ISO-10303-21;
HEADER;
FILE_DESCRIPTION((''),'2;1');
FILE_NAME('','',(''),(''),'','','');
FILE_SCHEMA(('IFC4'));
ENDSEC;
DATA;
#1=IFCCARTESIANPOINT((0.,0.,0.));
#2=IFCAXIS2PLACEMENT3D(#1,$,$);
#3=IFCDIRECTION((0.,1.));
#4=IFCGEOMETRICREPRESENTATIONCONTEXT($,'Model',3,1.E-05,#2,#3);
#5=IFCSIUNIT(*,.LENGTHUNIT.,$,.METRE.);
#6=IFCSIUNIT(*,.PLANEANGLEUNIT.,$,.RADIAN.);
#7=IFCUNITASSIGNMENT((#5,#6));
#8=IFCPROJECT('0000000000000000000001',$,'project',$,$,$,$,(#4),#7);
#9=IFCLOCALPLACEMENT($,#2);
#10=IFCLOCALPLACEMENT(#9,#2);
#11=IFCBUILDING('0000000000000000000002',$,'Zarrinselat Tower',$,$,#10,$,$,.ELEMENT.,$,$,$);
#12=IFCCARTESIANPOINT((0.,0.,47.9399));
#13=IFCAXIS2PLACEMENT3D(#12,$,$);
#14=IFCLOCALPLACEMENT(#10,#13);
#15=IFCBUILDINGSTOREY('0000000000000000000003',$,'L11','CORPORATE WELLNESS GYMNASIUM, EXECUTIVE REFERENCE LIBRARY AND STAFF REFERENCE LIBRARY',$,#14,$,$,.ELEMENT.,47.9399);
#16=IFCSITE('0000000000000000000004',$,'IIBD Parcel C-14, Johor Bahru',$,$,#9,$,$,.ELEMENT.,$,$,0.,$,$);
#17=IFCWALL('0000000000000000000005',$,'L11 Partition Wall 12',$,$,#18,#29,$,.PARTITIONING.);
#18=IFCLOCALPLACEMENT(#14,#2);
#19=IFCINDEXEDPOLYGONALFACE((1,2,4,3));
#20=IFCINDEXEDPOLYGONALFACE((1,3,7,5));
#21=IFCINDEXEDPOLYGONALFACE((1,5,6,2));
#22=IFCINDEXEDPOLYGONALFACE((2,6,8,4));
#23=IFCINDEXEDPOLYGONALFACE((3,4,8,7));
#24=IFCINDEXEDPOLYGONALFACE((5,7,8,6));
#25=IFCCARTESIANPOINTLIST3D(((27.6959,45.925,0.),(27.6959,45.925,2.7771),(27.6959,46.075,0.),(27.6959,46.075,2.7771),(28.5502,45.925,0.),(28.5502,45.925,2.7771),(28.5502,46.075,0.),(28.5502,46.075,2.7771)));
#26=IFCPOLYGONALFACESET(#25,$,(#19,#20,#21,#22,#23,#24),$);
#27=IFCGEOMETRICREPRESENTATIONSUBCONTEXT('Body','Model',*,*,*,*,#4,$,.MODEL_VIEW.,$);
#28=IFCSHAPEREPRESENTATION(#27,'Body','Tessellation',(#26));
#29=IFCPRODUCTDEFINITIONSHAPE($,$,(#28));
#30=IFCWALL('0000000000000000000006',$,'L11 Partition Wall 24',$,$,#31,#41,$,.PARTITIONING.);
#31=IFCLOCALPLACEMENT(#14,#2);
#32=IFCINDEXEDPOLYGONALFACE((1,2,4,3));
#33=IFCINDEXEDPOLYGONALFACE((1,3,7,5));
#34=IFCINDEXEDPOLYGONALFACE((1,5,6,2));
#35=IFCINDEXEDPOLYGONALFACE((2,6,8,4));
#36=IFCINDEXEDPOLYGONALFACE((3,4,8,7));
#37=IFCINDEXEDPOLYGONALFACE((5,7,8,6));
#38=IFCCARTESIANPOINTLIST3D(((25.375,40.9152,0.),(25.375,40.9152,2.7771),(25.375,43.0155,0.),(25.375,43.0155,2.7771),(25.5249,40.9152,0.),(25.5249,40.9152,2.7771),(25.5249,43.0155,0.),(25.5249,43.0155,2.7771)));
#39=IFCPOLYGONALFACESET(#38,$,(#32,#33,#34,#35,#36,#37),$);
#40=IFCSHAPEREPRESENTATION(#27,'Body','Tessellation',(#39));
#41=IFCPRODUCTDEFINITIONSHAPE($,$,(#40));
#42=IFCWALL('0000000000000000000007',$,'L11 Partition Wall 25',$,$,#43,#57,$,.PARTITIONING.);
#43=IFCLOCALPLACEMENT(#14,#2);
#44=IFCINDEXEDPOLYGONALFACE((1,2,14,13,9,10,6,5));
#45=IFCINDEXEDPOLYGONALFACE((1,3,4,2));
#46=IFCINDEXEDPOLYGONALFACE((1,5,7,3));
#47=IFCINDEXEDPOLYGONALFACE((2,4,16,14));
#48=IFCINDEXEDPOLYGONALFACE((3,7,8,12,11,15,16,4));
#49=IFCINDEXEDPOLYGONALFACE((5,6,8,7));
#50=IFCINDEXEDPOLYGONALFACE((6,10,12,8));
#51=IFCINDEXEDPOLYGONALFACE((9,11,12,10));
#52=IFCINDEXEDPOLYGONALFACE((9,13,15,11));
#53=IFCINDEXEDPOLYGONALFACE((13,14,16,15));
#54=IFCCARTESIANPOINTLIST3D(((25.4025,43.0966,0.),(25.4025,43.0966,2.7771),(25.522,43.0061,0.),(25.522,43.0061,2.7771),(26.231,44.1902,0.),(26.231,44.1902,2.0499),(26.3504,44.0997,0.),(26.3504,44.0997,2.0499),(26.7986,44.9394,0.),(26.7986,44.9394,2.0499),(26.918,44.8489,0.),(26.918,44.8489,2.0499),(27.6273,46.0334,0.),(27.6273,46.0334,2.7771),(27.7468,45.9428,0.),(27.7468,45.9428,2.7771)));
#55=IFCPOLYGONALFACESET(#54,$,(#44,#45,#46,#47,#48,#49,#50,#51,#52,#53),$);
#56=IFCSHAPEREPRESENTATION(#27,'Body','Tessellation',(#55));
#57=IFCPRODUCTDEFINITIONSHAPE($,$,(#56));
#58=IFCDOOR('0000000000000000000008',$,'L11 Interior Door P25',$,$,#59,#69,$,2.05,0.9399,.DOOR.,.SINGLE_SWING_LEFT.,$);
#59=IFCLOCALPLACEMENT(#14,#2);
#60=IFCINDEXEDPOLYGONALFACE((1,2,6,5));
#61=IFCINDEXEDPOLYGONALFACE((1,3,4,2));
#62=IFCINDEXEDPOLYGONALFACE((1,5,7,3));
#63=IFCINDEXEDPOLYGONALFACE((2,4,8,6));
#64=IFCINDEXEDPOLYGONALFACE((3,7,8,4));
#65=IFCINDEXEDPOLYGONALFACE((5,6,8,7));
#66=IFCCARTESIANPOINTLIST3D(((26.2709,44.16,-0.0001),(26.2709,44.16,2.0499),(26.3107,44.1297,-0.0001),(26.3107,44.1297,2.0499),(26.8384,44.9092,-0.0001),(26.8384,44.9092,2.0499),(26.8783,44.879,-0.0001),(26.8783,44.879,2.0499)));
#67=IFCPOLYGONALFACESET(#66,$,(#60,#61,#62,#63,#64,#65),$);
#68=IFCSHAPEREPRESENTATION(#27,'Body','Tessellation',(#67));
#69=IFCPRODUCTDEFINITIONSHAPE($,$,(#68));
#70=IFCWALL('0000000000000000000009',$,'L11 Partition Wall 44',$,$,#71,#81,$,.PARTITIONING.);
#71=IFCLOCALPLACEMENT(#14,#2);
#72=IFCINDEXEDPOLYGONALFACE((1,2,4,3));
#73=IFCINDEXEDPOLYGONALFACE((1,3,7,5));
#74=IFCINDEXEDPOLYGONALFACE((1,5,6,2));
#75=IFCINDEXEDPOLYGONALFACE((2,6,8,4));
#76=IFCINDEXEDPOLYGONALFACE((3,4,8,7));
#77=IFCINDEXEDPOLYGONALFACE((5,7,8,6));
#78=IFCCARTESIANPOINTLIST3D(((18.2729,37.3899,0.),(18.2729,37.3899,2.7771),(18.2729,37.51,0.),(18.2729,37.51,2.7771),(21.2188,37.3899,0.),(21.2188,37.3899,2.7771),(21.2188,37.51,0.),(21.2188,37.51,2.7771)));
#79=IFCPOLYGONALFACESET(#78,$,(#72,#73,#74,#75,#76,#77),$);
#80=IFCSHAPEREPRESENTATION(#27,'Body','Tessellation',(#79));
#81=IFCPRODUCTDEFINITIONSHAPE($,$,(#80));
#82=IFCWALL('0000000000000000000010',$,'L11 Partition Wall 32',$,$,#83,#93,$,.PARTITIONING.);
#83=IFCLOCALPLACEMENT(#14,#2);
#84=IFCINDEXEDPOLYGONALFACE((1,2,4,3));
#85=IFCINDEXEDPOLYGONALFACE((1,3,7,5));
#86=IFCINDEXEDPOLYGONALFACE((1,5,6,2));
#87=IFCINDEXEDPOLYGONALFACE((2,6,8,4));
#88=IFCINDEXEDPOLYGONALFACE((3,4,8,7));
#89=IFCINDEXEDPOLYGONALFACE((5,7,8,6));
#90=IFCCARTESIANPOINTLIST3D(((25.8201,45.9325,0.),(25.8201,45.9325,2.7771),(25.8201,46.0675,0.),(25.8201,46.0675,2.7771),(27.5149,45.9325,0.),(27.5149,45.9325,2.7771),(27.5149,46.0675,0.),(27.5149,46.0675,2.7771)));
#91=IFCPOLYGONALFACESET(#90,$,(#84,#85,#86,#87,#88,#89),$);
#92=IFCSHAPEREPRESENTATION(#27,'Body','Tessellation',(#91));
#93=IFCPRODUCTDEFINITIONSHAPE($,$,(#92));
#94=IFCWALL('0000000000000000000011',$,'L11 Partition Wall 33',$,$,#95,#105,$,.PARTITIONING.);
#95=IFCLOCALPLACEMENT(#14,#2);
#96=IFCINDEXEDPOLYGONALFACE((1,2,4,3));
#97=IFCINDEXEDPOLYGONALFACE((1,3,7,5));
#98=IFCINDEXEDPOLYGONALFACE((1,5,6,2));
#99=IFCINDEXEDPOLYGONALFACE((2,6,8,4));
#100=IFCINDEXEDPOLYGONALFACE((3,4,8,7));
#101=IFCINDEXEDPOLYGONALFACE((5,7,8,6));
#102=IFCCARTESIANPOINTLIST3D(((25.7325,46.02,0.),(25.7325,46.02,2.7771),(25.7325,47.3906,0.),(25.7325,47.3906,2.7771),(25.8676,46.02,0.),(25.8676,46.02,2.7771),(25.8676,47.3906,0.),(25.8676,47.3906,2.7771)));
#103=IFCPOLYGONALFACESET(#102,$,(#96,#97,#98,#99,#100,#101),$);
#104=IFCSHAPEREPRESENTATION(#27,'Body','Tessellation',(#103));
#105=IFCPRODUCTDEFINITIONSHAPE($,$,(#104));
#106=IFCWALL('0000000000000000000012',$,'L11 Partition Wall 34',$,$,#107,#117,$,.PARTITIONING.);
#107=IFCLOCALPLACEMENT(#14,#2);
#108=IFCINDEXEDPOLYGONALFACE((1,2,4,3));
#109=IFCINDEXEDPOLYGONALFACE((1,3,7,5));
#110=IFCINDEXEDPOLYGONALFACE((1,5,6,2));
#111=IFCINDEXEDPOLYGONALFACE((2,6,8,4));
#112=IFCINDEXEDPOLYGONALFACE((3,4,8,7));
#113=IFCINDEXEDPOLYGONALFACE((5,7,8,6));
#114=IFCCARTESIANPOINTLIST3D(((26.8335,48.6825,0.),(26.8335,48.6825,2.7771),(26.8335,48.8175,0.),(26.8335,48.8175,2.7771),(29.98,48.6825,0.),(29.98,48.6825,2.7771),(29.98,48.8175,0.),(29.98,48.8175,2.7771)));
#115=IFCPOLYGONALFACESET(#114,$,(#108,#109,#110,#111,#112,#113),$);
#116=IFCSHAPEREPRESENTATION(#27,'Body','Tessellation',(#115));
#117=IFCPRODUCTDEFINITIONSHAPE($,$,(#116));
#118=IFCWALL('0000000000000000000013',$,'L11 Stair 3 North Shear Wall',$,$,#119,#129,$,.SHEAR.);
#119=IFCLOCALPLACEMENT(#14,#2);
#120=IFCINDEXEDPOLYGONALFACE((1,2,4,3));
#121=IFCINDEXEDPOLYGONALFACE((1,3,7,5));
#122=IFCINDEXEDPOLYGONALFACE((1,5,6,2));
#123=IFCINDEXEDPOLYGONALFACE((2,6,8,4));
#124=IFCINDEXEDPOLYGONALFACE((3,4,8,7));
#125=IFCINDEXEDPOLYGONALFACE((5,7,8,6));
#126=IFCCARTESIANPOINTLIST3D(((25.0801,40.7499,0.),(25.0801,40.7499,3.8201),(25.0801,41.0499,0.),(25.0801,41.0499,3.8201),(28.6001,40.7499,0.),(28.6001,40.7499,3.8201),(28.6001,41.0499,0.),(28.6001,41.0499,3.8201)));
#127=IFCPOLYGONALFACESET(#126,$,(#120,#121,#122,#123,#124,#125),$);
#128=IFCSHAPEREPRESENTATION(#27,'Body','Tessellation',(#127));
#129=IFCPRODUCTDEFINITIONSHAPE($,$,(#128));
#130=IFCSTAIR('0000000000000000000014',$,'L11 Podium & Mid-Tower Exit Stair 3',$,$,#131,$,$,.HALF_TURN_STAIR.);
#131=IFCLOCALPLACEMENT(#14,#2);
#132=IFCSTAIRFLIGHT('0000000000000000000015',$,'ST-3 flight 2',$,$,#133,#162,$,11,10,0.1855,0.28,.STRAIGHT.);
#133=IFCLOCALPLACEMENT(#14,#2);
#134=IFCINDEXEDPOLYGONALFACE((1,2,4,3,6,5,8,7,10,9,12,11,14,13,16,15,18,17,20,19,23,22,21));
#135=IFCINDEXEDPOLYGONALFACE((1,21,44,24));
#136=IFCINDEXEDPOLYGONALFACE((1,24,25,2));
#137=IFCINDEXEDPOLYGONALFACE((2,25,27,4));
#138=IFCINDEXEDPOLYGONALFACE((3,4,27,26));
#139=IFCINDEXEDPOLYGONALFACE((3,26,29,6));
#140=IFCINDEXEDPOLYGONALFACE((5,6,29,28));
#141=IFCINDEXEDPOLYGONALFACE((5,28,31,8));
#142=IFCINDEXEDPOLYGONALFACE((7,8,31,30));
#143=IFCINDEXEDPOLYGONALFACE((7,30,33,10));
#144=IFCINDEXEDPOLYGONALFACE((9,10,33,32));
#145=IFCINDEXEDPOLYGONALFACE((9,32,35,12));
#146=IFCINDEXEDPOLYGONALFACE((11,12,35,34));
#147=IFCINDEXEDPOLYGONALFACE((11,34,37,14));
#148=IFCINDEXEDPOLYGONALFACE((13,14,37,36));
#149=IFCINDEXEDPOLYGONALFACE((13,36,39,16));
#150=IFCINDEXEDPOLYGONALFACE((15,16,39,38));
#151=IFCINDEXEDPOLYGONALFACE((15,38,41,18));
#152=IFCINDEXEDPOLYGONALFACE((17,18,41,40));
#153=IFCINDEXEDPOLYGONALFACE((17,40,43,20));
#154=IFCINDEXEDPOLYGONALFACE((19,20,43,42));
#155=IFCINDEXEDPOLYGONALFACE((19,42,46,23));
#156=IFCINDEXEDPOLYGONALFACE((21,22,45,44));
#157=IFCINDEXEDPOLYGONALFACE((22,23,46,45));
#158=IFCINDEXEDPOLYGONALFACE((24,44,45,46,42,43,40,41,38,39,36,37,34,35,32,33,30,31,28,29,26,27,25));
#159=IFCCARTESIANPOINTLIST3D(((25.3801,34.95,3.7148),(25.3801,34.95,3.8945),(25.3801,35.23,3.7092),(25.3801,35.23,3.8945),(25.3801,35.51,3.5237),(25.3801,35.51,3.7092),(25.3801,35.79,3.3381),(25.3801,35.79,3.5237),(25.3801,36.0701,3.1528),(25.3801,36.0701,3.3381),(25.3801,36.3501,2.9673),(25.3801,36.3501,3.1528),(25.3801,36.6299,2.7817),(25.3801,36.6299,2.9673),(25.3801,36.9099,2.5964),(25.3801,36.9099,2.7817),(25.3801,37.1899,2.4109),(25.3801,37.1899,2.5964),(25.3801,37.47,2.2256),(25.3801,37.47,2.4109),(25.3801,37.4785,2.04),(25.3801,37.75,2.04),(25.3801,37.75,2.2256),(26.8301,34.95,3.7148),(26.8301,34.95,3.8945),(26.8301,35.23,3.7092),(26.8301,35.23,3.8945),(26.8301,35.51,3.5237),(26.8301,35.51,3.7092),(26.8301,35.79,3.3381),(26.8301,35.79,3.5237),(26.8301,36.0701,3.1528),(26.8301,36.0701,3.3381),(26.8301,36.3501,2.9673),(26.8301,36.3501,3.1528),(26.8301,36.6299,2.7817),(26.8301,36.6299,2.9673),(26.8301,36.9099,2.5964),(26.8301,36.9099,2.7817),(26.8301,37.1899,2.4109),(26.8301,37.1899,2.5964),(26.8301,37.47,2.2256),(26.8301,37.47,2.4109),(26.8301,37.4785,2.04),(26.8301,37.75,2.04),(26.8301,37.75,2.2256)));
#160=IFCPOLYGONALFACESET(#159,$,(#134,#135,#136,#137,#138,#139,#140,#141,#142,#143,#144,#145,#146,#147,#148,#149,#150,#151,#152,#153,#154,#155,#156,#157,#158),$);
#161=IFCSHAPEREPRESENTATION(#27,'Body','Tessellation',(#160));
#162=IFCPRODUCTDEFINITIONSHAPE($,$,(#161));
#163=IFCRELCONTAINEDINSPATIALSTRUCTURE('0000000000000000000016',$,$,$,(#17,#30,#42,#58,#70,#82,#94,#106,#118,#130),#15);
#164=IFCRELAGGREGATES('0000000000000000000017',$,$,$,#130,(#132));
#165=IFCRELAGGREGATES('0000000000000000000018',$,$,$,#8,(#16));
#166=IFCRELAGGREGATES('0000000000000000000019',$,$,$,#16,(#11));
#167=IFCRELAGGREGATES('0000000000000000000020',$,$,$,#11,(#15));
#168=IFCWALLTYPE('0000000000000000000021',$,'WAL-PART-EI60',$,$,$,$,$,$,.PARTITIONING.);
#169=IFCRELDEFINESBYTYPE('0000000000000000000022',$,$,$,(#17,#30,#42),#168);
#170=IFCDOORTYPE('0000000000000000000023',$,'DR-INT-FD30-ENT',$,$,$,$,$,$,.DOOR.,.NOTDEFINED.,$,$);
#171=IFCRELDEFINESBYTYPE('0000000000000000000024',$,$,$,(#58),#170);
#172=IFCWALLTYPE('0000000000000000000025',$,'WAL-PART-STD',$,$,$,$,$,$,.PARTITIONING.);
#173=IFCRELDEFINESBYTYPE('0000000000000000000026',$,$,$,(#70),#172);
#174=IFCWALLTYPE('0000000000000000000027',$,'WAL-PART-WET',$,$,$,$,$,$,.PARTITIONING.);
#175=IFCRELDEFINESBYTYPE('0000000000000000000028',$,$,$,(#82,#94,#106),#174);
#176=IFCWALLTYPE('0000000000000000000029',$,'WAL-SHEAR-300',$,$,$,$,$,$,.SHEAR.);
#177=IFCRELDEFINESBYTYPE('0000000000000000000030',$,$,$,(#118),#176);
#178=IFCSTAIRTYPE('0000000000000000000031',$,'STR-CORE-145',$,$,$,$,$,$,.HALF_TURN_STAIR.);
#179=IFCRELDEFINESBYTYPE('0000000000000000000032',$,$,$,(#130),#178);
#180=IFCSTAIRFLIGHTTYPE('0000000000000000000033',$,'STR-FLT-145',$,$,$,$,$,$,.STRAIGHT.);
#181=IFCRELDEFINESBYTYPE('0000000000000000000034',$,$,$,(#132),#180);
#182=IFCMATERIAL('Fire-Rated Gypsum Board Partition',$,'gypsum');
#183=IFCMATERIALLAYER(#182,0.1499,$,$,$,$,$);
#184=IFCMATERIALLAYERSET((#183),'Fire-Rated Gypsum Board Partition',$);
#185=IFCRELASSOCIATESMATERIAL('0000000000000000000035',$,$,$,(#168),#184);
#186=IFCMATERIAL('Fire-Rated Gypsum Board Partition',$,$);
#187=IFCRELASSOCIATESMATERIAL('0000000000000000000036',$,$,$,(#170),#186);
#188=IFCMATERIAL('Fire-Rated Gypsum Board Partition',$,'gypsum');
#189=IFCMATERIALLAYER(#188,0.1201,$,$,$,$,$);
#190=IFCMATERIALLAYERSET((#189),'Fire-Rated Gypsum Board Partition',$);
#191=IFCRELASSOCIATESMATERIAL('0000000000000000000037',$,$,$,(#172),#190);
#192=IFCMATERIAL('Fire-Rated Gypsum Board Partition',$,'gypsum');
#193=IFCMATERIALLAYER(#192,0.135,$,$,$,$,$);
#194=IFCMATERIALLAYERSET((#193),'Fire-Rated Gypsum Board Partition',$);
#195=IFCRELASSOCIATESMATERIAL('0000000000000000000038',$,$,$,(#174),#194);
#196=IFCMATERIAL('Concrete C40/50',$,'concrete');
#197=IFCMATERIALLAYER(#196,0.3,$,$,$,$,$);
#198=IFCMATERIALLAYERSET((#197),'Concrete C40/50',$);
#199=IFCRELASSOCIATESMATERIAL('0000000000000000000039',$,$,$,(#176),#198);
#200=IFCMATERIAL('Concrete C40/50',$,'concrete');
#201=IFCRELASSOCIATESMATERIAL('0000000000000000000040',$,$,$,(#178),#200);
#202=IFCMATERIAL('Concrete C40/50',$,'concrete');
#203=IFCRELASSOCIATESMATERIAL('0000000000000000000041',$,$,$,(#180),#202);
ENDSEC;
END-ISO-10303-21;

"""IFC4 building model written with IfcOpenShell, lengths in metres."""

from ifc_helpers import new_model, si_unit, direction, frame, frame_2d, origin, place, context, subcontext, project, spatial, polyline, rectangle, outline, extrude, material, layer, layer_set, type_object, element, fill, aggregate, save


model = new_model("IFC4")

# Units and contexts
model_context = context("Model", 3, precision=1e-05, world=origin(), true_north=direction((0.0, 1.0)))
body_context = subcontext(model_context, "Body", "Model", "MODEL_VIEW")
ifc_project = project(units=[si_unit("LENGTHUNIT", "METRE"), si_unit("PLANEANGLEUNIT", "RADIAN")], contexts=[model_context])

# Site, building, storey
site_placement = place(None, origin())
site = spatial("IfcSite", under=ifc_project, at=site_placement, Name="IIBD Parcel C-14, Johor Bahru", CompositionType="ELEMENT", RefElevation=0.0)
building_placement = place(site_placement, origin())
building = spatial("IfcBuilding", under=site, at=building_placement, Name="Zarrinselat Tower", CompositionType="ELEMENT")
storey_placement = place(building_placement, frame((0.0, 0.0, 47.9399)))
storey = spatial("IfcBuildingStorey", under=building, at=storey_placement, Name="L11", Description="CORPORATE WELLNESS GYMNASIUM, EXECUTIVE REFERENCE LIBRARY AND STAFF REFERENCE LIBRARY", CompositionType="ELEMENT", Elevation=47.9399)

# Walls
ifc_material_1 = material(Name="Fire-Rated Gypsum Board Partition", Category="gypsum")
ifc_layer_1 = layer(ifc_material_1, 0.1499)
ifc_layer_set_1 = layer_set([ifc_layer_1], Name="Fire-Rated Gypsum Board Partition")
wall_type_1 = type_object("IfcWallType", Name="WAL-PART-EI60", PredefinedType="PARTITIONING", material=ifc_layer_set_1)
wall_1_placement = place(storey_placement, frame((27.6958, 46.0, 0.0), z_axis=(0.0, 0.0, 1.0), x_axis=(1.0, 0.0, 0.0)))
element("IfcWall", 1, at=wall_1_placement, inside=storey, type_object=wall_type_1, Name="L11 Partition Wall 12", PredefinedType="PARTITIONING", context=body_context, shape_type="SweptSolid", body=[
    extrude(rectangle(XDim=0.8542, YDim=0.1499, at=frame_2d((0.4272, 0.0))), origin(), (0.0, 0.0, 1.0), 2.7771),
])
wall_2_placement = place(storey_placement, frame((25.45, 40.915, 0.0), z_axis=(0.0, 0.0, 1.0), x_axis=(0.0, 1.0, 0.0)))
element("IfcWall", 2, at=wall_2_placement, inside=storey, type_object=wall_type_1, Name="L11 Partition Wall 24", PredefinedType="PARTITIONING", context=body_context, shape_type="SweptSolid", body=[
    extrude(rectangle(XDim=2.1003, YDim=0.1499, at=frame_2d((1.0503, 0.0))), origin(), (0.0, 0.0, 1.0), 2.7771),
])

# Wall, opening, door
wall_3_placement = place(storey_placement, frame((25.4622, 43.0513, 0.0), z_axis=(0.0, 0.0, 1.0), x_axis=(0.603863, 0.797088, 0.0)))
wall_3 = element("IfcWall", 3, at=wall_3_placement, inside=storey, type_object=wall_type_1, Name="L11 Partition Wall 25", PredefinedType="PARTITIONING", context=body_context, shape_type="SweptSolid", body=[
    extrude(rectangle(XDim=3.6843, YDim=0.1499, at=frame_2d((1.8423, 0.0))), origin(), (0.0, 0.0, 1.0), 2.7771),
])
opening_placement = place(wall_3_placement, frame((1.3721, 0.0, 0.0)))
opening = element("IfcOpeningElement", 4, at=opening_placement, cuts=wall_3, PredefinedType="OPENING", context=body_context, shape_type="SweptSolid", body=[
    extrude(rectangle(XDim=0.9399, YDim=2.05, at=frame_2d((0.47, 1.0249))), frame((0.0, 0.085, 0.0), z_axis=(0.0, -1.0, 0.0), x_axis=(1.0, 0.0, 0.0)), (0.0, 0.0, 1.0), 0.1699),
])
ifc_material_2 = material(Name="Fire-Rated Gypsum Board Partition")
door_type = type_object("IfcDoorType", Name="DR-INT-FD30-ENT", OperationType="NOTDEFINED", PredefinedType="DOOR", material=ifc_material_2)
door_placement = place(opening_placement, origin())
door = element("IfcDoor", 5, at=door_placement, inside=storey, type_object=door_type, Name="L11 Interior Door P25", OperationType="SINGLE_SWING_LEFT", OverallHeight=2.05, OverallWidth=0.9399, PredefinedType="DOOR", context=body_context, shape_type="SweptSolid", body=[
    extrude(rectangle(XDim=0.9399, YDim=2.05, at=frame_2d((0.47, 1.0249))), frame((0.0, 0.0249, 0.0), z_axis=(0.0, -1.0, 0.0), x_axis=(1.0, 0.0, 0.0)), (0.0, 0.0, 1.0), 0.05),
])
fill(opening, door)

# Walls
ifc_material_3 = material(Name="Fire-Rated Gypsum Board Partition", Category="gypsum")
ifc_layer_2 = layer(ifc_material_3, 0.1201)
ifc_layer_set_2 = layer_set([ifc_layer_2], Name="Fire-Rated Gypsum Board Partition")
wall_type_2 = type_object("IfcWallType", Name="WAL-PART-STD", PredefinedType="PARTITIONING", material=ifc_layer_set_2)
wall_4_placement = place(storey_placement, frame((18.2729, 37.45, 0.0), z_axis=(0.0, 0.0, 1.0), x_axis=(1.0, 0.0, 0.0)))
element("IfcWall", 6, at=wall_4_placement, inside=storey, type_object=wall_type_2, Name="L11 Partition Wall 44", PredefinedType="PARTITIONING", context=body_context, shape_type="SweptSolid", body=[
    extrude(rectangle(XDim=2.9458, YDim=0.1201, at=frame_2d((1.4729, 0.0))), origin(), (0.0, 0.0, 1.0), 2.7771),
])
ifc_material_4 = material(Name="Fire-Rated Gypsum Board Partition", Category="gypsum")
ifc_layer_3 = layer(ifc_material_4, 0.135)
ifc_layer_set_3 = layer_set([ifc_layer_3], Name="Fire-Rated Gypsum Board Partition")
wall_type_3 = type_object("IfcWallType", Name="WAL-PART-WET", PredefinedType="PARTITIONING", material=ifc_layer_set_3)
wall_5_placement = place(storey_placement, frame((25.8201, 46.0, 0.0), z_axis=(0.0, 0.0, 1.0), x_axis=(1.0, 0.0, 0.0)))
element("IfcWall", 7, at=wall_5_placement, inside=storey, type_object=wall_type_3, Name="L11 Partition Wall 32", PredefinedType="PARTITIONING", context=body_context, shape_type="SweptSolid", body=[
    extrude(rectangle(XDim=1.6948, YDim=0.135, at=frame_2d((0.8474, 0.0))), origin(), (0.0, 0.0, 1.0), 2.7771),
])
wall_6_placement = place(storey_placement, frame((25.8, 46.02, 0.0), z_axis=(0.0, 0.0, 1.0), x_axis=(0.0, 1.0, 0.0)))
element("IfcWall", 8, at=wall_6_placement, inside=storey, type_object=wall_type_3, Name="L11 Partition Wall 33", PredefinedType="PARTITIONING", context=body_context, shape_type="SweptSolid", body=[
    extrude(rectangle(XDim=1.3706, YDim=0.135, at=frame_2d((0.6853, 0.0))), origin(), (0.0, 0.0, 1.0), 2.7771),
])
wall_7_placement = place(storey_placement, frame((26.8335, 48.75, 0.0), z_axis=(0.0, 0.0, 1.0), x_axis=(1.0, 0.0, 0.0)))
element("IfcWall", 9, at=wall_7_placement, inside=storey, type_object=wall_type_3, Name="L11 Partition Wall 34", PredefinedType="PARTITIONING", context=body_context, shape_type="SweptSolid", body=[
    extrude(rectangle(XDim=3.1465, YDim=0.135, at=frame_2d((1.5732, 0.0))), origin(), (0.0, 0.0, 1.0), 2.7771),
])
ifc_material_5 = material(Name="Concrete C40/50", Category="concrete")
ifc_layer_4 = layer(ifc_material_5, 0.3)
ifc_layer_set_4 = layer_set([ifc_layer_4], Name="Concrete C40/50")
wall_type_4 = type_object("IfcWallType", Name="WAL-SHEAR-300", PredefinedType="SHEAR", material=ifc_layer_set_4)
wall_8_placement = place(storey_placement, frame((25.0801, 40.8999, 0.0), z_axis=(0.0, 0.0, 1.0), x_axis=(1.0, 0.0, 0.0)))
element("IfcWall", 10, at=wall_8_placement, inside=storey, type_object=wall_type_4, Name="L11 Stair 3 North Shear Wall", PredefinedType="SHEAR", context=body_context, shape_type="SweptSolid", body=[
    extrude(rectangle(XDim=3.52, YDim=0.3, at=frame_2d((1.76, 0.0))), origin(), (0.0, 0.0, 1.0), 3.8201),
])

# Stair, stair flight
ifc_material_6 = material(Name="Concrete C40/50", Category="concrete")
stair_type = type_object("IfcStairType", Name="STR-CORE-145", PredefinedType="HALF_TURN_STAIR", material=ifc_material_6)
stair_placement = place(storey_placement, origin())
stair = element("IfcStair", 11, at=stair_placement, inside=storey, type_object=stair_type, Name="L11 Podium & Mid-Tower Exit Stair 3", PredefinedType="HALF_TURN_STAIR")
ifc_material_7 = material(Name="Concrete C40/50", Category="concrete")
stair_flight_type = type_object("IfcStairFlightType", Name="STR-FLT-145", PredefinedType="STRAIGHT", material=ifc_material_7)
stair_flight_placement = place(storey_placement, frame((26.105, 37.75, 2.04), z_axis=(0.0, 0.0, 1.0), x_axis=(0.0, -1.0, 0.0)))
stair_flight = element("IfcStairFlight", 12, at=stair_flight_placement, type_object=stair_flight_type, Name="ST-3 flight 2", NumberOfRisers=11, NumberOfTreads=10, PredefinedType="STRAIGHT", RiserHeight=0.1855, TreadLength=0.28, context=body_context, shape_type="SweptSolid", body=[
    extrude(outline(polyline([(0.0, 0.0), (0.0, 0.1855), (0.28, 0.1855), (0.28, 0.3708), (0.5601, 0.3708), (0.5601, 0.5564), (0.8401, 0.5564), (0.8401, 0.7417), (1.1201, 0.7417), (1.1201, 0.9272), (1.3999, 0.9272), (1.3999, 1.1128), (1.6799, 1.1128), (1.6799, 1.2981), (1.96, 1.2981), (1.96, 1.4836), (2.24, 1.4836), (2.24, 1.6692), (2.52, 1.6692), (2.52, 1.8545), (2.8, 1.8545), (2.8, 2.04), (2.8, 1.6748), (0.2715, 0.0), (0.0, 0.0)])), frame((0.0, 0.7251, 0.0), z_axis=(0.0, -1.0, 0.0), x_axis=(1.0, 0.0, 0.0)), (0.0, 0.0, 1.0), 1.45),
])
aggregate(stair, [stair_flight])

save(model, "model.ifc")
